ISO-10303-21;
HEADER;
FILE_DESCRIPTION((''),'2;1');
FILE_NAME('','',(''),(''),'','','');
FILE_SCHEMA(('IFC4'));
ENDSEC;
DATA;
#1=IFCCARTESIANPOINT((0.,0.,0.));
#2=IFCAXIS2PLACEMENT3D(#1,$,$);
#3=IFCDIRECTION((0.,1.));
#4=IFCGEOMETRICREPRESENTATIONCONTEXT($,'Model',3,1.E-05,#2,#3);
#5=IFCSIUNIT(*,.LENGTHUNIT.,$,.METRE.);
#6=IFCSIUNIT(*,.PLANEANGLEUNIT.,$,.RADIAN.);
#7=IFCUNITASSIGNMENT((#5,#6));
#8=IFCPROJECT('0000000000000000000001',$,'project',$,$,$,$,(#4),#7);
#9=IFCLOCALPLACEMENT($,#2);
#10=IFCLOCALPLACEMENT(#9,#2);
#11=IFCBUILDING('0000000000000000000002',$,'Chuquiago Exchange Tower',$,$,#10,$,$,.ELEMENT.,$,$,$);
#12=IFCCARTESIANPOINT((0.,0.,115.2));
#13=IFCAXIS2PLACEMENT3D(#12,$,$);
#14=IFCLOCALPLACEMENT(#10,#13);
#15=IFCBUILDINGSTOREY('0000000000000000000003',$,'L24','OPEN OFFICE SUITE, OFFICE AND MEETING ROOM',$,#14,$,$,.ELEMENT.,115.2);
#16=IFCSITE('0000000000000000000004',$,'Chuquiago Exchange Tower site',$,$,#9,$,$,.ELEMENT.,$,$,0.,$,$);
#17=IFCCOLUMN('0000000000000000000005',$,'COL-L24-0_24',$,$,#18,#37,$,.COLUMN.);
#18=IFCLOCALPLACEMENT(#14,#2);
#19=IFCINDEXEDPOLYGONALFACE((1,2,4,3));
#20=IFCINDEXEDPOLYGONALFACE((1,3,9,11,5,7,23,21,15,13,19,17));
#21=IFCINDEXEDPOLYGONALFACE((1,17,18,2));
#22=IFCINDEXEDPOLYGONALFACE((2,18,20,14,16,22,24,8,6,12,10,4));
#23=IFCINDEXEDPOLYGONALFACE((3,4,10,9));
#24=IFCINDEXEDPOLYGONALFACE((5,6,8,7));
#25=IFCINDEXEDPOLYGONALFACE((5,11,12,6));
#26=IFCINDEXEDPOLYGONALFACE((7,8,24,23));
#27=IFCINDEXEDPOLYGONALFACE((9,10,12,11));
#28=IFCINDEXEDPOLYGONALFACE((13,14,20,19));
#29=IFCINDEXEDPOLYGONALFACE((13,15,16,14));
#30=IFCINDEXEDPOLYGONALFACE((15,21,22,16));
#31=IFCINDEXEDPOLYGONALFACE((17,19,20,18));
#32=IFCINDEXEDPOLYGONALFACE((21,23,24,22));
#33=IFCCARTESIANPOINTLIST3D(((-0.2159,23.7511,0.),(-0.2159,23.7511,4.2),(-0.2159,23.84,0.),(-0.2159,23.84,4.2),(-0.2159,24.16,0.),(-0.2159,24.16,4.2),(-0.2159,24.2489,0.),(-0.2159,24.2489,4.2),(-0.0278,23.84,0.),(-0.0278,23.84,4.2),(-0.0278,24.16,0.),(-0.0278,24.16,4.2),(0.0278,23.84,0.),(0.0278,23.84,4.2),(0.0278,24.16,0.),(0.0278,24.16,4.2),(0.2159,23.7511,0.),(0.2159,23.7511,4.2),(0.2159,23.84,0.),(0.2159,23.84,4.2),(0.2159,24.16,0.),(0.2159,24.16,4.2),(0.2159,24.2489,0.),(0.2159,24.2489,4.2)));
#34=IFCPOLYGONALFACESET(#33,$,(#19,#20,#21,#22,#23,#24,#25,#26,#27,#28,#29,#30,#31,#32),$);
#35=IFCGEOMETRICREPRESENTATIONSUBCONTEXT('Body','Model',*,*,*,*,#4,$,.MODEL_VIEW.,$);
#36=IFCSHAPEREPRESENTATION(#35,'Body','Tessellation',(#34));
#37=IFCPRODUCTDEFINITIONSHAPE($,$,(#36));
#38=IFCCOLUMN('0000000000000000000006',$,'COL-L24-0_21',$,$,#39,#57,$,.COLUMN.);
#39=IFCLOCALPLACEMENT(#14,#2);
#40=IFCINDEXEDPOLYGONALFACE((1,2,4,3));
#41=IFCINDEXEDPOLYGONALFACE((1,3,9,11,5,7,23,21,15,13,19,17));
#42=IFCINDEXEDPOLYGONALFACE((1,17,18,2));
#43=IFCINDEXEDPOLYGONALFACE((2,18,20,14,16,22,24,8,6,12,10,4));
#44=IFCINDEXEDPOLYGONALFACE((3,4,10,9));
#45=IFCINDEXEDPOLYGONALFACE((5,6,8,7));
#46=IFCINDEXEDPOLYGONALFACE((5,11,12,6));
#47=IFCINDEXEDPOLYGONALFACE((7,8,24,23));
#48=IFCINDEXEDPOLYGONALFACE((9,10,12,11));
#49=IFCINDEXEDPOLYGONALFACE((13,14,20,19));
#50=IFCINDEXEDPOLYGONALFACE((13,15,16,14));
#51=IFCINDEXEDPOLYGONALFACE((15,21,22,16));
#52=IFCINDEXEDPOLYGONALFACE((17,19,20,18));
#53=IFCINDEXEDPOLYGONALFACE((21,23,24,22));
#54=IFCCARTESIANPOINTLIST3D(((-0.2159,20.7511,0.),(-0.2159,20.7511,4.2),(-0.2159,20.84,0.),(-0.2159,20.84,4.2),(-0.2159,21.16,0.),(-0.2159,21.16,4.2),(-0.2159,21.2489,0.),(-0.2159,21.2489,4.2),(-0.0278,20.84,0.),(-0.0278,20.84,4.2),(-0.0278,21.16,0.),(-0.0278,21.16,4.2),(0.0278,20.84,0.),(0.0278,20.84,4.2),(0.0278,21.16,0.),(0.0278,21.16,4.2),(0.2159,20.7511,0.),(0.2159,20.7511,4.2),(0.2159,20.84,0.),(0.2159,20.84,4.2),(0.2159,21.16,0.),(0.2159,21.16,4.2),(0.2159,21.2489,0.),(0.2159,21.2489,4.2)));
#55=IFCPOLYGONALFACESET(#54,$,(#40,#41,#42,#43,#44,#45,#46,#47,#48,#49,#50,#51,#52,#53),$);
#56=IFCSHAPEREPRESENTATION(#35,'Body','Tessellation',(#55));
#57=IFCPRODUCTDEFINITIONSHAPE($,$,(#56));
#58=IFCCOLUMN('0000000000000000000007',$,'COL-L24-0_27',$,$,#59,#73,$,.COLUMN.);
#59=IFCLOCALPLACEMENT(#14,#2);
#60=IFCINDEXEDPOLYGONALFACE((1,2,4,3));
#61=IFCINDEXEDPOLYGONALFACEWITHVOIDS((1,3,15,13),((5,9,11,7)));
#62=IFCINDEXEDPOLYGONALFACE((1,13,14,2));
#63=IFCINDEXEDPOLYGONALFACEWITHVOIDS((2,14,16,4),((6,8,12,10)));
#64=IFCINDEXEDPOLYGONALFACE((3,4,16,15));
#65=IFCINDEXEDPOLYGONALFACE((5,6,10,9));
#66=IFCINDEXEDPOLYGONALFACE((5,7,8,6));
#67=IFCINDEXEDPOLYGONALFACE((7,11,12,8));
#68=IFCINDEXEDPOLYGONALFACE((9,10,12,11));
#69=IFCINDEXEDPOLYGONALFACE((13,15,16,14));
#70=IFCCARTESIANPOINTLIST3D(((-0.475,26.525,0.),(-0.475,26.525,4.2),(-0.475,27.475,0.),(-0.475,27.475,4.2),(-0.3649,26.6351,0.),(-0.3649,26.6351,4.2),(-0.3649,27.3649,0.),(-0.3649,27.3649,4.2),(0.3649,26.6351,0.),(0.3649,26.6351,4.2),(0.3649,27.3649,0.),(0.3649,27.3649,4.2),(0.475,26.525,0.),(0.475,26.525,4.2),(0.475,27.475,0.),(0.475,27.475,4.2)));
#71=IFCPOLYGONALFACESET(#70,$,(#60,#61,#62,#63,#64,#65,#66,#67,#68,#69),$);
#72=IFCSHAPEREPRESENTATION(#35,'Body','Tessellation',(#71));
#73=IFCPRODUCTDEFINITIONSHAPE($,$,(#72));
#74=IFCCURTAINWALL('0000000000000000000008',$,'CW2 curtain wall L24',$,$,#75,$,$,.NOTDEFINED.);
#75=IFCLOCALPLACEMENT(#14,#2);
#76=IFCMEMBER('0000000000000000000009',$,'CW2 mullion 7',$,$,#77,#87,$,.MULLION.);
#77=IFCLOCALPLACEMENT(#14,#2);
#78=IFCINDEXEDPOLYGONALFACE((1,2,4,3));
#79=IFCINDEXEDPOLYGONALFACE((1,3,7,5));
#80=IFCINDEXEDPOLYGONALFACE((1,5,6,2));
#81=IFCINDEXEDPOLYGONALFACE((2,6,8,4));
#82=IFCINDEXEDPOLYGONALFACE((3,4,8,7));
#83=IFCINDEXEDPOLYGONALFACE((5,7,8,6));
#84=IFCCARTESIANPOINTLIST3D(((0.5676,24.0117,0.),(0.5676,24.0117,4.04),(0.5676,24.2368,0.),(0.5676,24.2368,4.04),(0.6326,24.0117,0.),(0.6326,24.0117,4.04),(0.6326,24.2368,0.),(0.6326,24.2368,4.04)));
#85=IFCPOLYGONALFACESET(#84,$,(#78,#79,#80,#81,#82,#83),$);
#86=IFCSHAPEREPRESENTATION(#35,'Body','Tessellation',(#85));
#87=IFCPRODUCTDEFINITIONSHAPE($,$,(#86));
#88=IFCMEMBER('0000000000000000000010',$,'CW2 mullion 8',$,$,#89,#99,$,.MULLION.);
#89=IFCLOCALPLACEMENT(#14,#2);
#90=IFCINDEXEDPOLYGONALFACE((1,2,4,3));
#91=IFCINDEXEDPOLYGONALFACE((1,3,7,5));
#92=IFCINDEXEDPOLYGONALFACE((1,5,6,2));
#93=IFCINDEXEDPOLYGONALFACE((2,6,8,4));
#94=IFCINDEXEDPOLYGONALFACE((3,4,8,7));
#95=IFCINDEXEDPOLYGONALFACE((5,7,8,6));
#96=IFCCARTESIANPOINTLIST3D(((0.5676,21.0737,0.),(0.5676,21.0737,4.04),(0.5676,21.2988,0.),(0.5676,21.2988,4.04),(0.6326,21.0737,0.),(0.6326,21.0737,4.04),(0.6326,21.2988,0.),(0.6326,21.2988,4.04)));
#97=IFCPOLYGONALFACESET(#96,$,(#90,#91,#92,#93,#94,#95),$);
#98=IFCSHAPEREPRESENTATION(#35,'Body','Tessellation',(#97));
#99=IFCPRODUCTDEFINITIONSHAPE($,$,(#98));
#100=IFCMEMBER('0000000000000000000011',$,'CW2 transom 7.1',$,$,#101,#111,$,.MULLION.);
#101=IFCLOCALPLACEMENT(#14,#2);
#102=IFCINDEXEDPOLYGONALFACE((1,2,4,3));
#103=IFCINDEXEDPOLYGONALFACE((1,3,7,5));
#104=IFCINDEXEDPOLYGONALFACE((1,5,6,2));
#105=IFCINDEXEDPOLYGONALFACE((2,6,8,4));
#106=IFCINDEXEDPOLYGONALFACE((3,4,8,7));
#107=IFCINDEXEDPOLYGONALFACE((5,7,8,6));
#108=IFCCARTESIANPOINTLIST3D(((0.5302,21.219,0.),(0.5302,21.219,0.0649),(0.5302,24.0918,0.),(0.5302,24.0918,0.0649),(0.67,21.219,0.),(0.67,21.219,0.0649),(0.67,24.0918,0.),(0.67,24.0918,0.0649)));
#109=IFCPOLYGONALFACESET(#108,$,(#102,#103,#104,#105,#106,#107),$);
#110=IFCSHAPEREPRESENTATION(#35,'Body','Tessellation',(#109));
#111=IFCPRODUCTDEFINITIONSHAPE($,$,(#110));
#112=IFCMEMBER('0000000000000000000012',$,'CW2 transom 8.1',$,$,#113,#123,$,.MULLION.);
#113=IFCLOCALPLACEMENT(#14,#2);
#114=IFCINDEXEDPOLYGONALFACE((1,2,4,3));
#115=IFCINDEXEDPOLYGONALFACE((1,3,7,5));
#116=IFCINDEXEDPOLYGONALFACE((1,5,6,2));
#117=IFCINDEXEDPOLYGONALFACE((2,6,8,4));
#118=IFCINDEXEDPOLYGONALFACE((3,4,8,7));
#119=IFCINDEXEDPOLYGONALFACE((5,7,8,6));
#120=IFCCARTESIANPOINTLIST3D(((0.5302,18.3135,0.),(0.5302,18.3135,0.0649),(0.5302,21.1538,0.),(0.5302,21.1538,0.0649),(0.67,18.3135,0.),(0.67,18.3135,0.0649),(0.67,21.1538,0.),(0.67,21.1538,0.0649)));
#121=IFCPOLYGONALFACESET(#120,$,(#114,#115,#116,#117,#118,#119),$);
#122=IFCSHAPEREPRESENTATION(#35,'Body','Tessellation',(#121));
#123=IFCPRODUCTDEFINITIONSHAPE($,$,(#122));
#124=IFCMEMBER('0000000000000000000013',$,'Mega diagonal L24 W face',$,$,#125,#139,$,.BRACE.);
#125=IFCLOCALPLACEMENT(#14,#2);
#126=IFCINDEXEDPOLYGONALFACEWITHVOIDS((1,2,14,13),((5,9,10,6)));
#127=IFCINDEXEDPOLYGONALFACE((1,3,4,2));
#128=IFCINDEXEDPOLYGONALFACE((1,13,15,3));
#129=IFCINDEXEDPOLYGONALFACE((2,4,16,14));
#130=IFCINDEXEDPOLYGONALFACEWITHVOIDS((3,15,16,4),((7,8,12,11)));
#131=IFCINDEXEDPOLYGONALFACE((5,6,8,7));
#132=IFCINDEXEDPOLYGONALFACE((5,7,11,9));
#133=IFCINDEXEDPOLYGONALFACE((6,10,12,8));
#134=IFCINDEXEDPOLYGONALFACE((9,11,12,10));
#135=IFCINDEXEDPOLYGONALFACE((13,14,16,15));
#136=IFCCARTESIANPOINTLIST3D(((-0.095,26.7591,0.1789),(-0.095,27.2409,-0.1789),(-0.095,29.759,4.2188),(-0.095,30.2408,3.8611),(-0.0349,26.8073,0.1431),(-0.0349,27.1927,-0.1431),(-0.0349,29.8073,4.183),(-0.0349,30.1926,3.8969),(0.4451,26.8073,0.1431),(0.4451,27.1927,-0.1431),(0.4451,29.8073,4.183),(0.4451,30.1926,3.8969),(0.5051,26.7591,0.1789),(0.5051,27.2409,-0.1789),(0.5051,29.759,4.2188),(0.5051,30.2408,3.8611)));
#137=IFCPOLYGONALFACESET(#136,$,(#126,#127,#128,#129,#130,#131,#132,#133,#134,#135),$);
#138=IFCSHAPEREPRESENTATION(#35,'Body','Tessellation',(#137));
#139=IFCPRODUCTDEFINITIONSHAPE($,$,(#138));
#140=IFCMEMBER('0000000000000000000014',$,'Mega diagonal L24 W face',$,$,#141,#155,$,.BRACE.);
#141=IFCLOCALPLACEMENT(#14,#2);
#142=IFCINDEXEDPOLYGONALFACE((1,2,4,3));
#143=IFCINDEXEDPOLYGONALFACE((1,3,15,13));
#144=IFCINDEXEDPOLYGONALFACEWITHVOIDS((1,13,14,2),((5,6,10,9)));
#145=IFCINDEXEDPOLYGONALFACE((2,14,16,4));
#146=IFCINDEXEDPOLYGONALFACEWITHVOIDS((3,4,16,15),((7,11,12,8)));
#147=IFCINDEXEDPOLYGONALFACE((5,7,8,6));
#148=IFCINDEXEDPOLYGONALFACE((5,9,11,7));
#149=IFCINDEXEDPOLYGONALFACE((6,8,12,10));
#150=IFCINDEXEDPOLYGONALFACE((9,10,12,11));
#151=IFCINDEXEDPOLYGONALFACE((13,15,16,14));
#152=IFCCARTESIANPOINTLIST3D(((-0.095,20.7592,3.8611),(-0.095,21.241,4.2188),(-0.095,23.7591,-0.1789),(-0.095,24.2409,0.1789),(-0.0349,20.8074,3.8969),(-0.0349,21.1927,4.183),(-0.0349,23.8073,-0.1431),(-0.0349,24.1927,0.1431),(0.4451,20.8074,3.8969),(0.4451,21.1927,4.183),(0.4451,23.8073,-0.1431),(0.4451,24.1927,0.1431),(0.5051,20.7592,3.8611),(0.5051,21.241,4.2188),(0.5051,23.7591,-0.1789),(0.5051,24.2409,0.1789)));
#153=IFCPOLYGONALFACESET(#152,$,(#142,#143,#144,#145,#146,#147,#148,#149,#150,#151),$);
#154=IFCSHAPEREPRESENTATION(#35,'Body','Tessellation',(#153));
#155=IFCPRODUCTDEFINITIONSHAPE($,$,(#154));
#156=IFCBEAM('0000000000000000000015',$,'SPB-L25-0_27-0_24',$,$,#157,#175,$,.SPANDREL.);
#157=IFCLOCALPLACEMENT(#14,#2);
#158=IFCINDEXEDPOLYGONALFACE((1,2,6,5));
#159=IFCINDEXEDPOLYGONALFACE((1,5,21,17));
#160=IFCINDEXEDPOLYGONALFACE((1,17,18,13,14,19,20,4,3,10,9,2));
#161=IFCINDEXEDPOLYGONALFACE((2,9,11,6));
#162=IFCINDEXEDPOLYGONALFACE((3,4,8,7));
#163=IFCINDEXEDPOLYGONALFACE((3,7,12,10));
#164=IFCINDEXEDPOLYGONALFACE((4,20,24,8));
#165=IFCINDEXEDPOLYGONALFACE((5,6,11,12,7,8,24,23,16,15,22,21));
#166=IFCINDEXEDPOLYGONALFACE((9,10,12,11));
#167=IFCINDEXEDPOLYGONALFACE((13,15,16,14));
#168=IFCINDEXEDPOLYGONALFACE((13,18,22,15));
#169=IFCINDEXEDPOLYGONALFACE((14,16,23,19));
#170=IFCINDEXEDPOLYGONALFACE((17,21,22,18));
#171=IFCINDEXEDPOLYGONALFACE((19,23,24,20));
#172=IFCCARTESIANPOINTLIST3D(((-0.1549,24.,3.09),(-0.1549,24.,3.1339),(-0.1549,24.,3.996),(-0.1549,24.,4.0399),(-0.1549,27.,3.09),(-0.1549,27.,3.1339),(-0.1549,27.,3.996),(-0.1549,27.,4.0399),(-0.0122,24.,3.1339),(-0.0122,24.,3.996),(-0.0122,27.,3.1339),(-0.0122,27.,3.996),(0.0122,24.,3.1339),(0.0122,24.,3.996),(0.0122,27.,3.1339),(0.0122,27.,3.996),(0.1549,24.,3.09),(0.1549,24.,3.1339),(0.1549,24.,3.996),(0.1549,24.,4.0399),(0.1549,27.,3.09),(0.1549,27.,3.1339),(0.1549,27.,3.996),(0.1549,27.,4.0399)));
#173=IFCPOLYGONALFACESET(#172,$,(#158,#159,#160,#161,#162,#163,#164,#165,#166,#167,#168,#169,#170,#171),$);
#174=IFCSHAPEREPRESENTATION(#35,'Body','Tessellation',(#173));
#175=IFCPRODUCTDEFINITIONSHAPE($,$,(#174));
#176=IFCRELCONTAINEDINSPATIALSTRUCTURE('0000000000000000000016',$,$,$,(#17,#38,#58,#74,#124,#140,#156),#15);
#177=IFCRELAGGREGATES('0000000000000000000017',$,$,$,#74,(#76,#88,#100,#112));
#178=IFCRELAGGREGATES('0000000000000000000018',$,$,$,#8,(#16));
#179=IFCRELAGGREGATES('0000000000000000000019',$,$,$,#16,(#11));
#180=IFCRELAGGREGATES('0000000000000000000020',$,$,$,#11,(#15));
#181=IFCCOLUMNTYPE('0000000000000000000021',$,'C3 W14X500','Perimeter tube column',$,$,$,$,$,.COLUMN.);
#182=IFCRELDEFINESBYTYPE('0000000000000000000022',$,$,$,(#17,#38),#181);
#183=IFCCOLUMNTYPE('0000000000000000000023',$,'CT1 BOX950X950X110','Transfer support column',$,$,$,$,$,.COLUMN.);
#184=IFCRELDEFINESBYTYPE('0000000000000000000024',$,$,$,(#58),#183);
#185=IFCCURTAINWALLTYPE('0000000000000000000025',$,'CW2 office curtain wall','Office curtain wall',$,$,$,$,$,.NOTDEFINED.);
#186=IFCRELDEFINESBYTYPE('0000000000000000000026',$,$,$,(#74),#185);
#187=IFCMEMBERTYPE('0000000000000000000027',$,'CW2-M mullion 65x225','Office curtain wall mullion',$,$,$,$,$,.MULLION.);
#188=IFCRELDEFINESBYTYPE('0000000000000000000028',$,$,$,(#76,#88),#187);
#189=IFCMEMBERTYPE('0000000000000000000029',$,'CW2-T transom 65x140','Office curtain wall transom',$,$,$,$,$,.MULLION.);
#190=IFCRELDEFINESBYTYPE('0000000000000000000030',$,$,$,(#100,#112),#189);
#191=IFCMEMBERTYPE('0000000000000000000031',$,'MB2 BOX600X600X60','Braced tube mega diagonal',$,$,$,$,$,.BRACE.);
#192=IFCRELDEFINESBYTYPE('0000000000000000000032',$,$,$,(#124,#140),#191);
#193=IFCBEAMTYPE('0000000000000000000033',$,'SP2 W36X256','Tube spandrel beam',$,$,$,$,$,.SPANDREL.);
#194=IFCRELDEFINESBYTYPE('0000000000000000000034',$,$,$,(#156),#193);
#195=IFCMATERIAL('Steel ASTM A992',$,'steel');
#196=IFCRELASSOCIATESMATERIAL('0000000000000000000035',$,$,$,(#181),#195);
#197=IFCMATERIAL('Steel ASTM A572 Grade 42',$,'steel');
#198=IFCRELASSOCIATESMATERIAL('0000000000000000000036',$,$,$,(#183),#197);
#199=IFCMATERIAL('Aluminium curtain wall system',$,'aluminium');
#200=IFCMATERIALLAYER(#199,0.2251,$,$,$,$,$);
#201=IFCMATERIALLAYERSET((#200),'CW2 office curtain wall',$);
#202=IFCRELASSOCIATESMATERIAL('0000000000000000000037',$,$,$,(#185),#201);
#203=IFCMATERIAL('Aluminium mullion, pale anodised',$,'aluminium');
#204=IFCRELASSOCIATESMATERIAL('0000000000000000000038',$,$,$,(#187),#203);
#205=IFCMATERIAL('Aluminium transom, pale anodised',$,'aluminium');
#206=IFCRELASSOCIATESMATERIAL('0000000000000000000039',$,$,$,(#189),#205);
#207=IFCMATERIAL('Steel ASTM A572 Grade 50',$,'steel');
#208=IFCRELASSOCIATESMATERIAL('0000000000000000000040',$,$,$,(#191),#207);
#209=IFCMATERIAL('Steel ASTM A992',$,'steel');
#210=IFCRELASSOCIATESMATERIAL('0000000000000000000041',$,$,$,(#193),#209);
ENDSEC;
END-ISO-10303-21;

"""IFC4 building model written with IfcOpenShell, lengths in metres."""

from ifc_helpers import new_model, si_unit, direction, frame, origin, origin_2d, place, context, subcontext, project, spatial, rectangle, hollow_rectangle, i_section, extrude, material, layer, layer_set, material_profile, profile_set, type_object, element, aggregate, save


model = new_model("IFC4")

# Units and contexts
model_context = context("Model", 3, precision=1e-05, world=origin(), true_north=direction((0.0, 1.0)))
body_context = subcontext(model_context, "Body", "Model", "MODEL_VIEW")
ifc_project = project(units=[si_unit("LENGTHUNIT", "METRE"), si_unit("PLANEANGLEUNIT", "RADIAN")], contexts=[model_context])

# Site, building, storey
site_placement = place(None, origin())
site = spatial("IfcSite", under=ifc_project, at=site_placement, Name="Chuquiago Exchange Tower site", CompositionType="ELEMENT", RefElevation=0.0)
building_placement = place(site_placement, origin())
building = spatial("IfcBuilding", under=site, at=building_placement, Name="Chuquiago Exchange Tower", CompositionType="ELEMENT")
storey_placement = place(building_placement, frame((0.0, 0.0, 115.2)))
storey = spatial("IfcBuildingStorey", under=building, at=storey_placement, Name="L24", Description="OPEN OFFICE SUITE, OFFICE AND MEETING ROOM", CompositionType="ELEMENT", Elevation=115.2)

# Columns
ifc_material_1 = material(Name="Steel ASTM A992", Category="steel")
ifc_material_profile_1 = material_profile(ifc_material_1, i_section(OverallWidth=0.4319, OverallDepth=0.4978, WebThickness=0.0557, FlangeThickness=0.0889, at=origin_2d()), Name="W14X500")
ifc_profile_set_1 = profile_set([ifc_material_profile_1], Name="Steel ASTM A992")
column_type_1 = type_object("IfcColumnType", Name="C3 W14X500", Description="Perimeter tube column", PredefinedType="COLUMN", material=ifc_profile_set_1)
for number, where, z_axis, x_axis, name in (
    (1, (0.0, 24.0, 0.0), (0.0, 0.0, 1.0), (-1.0, 0.0, 0.0), "COL-L24-0_24"),
    (2, (0.0, 21.0, 0.0), (0.0, 0.0, 1.0), (-1.0, 0.0, 0.0), "COL-L24-0_21"),
):
    element("IfcColumn", number, at=place(storey_placement, frame(where, z_axis=z_axis, x_axis=x_axis)), inside=storey, type_object=column_type_1, Name=name, PredefinedType="COLUMN", context=body_context, shape_type="SweptSolid", body=[
        extrude(i_section(OverallWidth=0.4319, OverallDepth=0.4978, WebThickness=0.0557, FlangeThickness=0.0889, at=origin_2d()), origin(), (0.0, 0.0, 1.0), 4.2),
    ])
ifc_material_2 = material(Name="Steel ASTM A572 Grade 42", Category="steel")
ifc_material_profile_2 = material_profile(ifc_material_2, hollow_rectangle(XDim=0.95, YDim=0.95, WallThickness=0.1101, at=origin_2d()), Name="BOX950X950X110")
ifc_profile_set_2 = profile_set([ifc_material_profile_2], Name="Steel ASTM A572 Grade 42")
column_type_2 = type_object("IfcColumnType", Name="CT1 BOX950X950X110", Description="Transfer support column", PredefinedType="COLUMN", material=ifc_profile_set_2)
column_placement = place(storey_placement, frame((0.0, 27.0, 0.0), z_axis=(0.0, 0.0, 1.0), x_axis=(-1.0, 0.0, 0.0)))
element("IfcColumn", 3, at=column_placement, inside=storey, type_object=column_type_2, Name="COL-L24-0_27", PredefinedType="COLUMN", context=body_context, shape_type="SweptSolid", body=[
    extrude(hollow_rectangle(XDim=0.95, YDim=0.95, WallThickness=0.1101, at=origin_2d()), origin(), (0.0, 0.0, 1.0), 4.2),
])

# Curtain wall, members
ifc_material_3 = material(Name="Aluminium curtain wall system", Category="aluminium")
ifc_layer_1 = layer(ifc_material_3, 0.2251)
ifc_layer_set_1 = layer_set([ifc_layer_1], Name="CW2 office curtain wall")
curtain_wall_type = type_object("IfcCurtainWallType", Name="CW2 office curtain wall", Description="Office curtain wall", PredefinedType="NOTDEFINED", material=ifc_layer_set_1)
curtain_wall_placement = place(storey_placement, origin())
curtain_wall = element("IfcCurtainWall", 4, at=curtain_wall_placement, inside=storey, type_object=curtain_wall_type, Name="CW2 curtain wall L24", PredefinedType="NOTDEFINED")
ifc_material_4 = material(Name="Aluminium mullion, pale anodised", Category="aluminium")
ifc_material_profile_3 = material_profile(ifc_material_4, rectangle(XDim=0.0649, YDim=0.2251, at=origin_2d()), Name="AL 65x225")
ifc_profile_set_3 = profile_set([ifc_material_profile_3], Name="Aluminium mullion, pale anodised")
member_type_1 = type_object("IfcMemberType", Name="CW2-M mullion 65x225", Description="Office curtain wall mullion", PredefinedType="MULLION", material=ifc_profile_set_3)
member_1_placement = place(storey_placement, frame((0.6001, 24.1243, 0.0), z_axis=(0.0, 0.0, 1.0), x_axis=(1.0, 0.0, 0.0)))
member_1 = element("IfcMember", 5, at=member_1_placement, type_object=member_type_1, Name="CW2 mullion 7", PredefinedType="MULLION", context=body_context, shape_type="SweptSolid", body=[
    extrude(rectangle(XDim=0.0649, YDim=0.2251, at=origin_2d()), origin(), (0.0, 0.0, 1.0), 4.04),
])
member_2_placement = place(storey_placement, frame((0.6001, 21.1863, 0.0), z_axis=(0.0, 0.0, 1.0), x_axis=(1.0, 0.0, 0.0)))
member_2 = element("IfcMember", 6, at=member_2_placement, type_object=member_type_1, Name="CW2 mullion 8", PredefinedType="MULLION", context=body_context, shape_type="SweptSolid", body=[
    extrude(rectangle(XDim=0.0649, YDim=0.2251, at=origin_2d()), origin(), (0.0, 0.0, 1.0), 4.04),
])
ifc_material_5 = material(Name="Aluminium transom, pale anodised", Category="aluminium")
ifc_material_profile_4 = material_profile(ifc_material_5, rectangle(XDim=0.1399, YDim=0.0649, at=origin_2d()), Name="AL 140x65")
ifc_profile_set_4 = profile_set([ifc_material_profile_4], Name="Aluminium transom, pale anodised")
member_type_2 = type_object("IfcMemberType", Name="CW2-T transom 65x140", Description="Office curtain wall transom", PredefinedType="MULLION", material=ifc_profile_set_4)
member_3_placement = place(storey_placement, frame((0.6001, 24.0918, 0.0325), z_axis=(0.0, -1.0, 0.0), x_axis=(1.0, 0.0, 0.0)))
member_3 = element("IfcMember", 7, at=member_3_placement, type_object=member_type_2, Name="CW2 transom 7.1", PredefinedType="MULLION", context=body_context, shape_type="SweptSolid", body=[
    extrude(rectangle(XDim=0.1399, YDim=0.0649, at=origin_2d()), origin(), (0.0, 0.0, 1.0), 2.8728),
])
member_4_placement = place(storey_placement, frame((0.6001, 21.1538, 0.0325), z_axis=(0.0, -1.0, 0.0), x_axis=(1.0, 0.0, 0.0)))
member_4 = element("IfcMember", 8, at=member_4_placement, type_object=member_type_2, Name="CW2 transom 8.1", PredefinedType="MULLION", context=body_context, shape_type="SweptSolid", body=[
    extrude(rectangle(XDim=0.1399, YDim=0.0649, at=origin_2d()), origin(), (0.0, 0.0, 1.0), 2.8403),
])

# Members
ifc_material_6 = material(Name="Steel ASTM A572 Grade 50", Category="steel")
ifc_material_profile_5 = material_profile(ifc_material_6, hollow_rectangle(XDim=0.6001, YDim=0.6001, WallThickness=0.0601, at=origin_2d()), Name="BOX600X600X60")
ifc_profile_set_5 = profile_set([ifc_material_profile_5], Name="Steel ASTM A572 Grade 50")
member_type_3 = type_object("IfcMemberType", Name="MB2 BOX600X600X60", Description="Braced tube mega diagonal", PredefinedType="BRACE", material=ifc_profile_set_5)
for number, where, z_axis, x_axis, name in (
    (9, (0.2051, 27.0, 0.0), (0.0, 0.596174, 0.802855), (-1.0, 0.0, 0.0), "Mega diagonal L24 W face"),
    (10, (0.2051, 24.0, 0.0), (0.0, -0.596174, 0.802855), (1.0, 0.0, 0.0), "Mega diagonal L24 W face"),
):
    element("IfcMember", number, at=place(storey_placement, frame(where, z_axis=z_axis, x_axis=x_axis)), inside=storey, type_object=member_type_3, Name=name, PredefinedType="BRACE", context=body_context, shape_type="SweptSolid", body=[
        extrude(hollow_rectangle(XDim=0.6001, YDim=0.6001, WallThickness=0.0601, at=origin_2d()), origin(), (0.0, 0.0, 1.0), 5.032),
    ])

# Beam
ifc_material_7 = material(Name="Steel ASTM A992", Category="steel")
ifc_material_profile_6 = material_profile(ifc_material_7, i_section(OverallWidth=0.3098, OverallDepth=0.95, WebThickness=0.0244, FlangeThickness=0.0439, at=origin_2d()), Name="W36X256")
ifc_profile_set_6 = profile_set([ifc_material_profile_6], Name="Steel ASTM A992")
beam_type = type_object("IfcBeamType", Name="SP2 W36X256", Description="Tube spandrel beam", PredefinedType="SPANDREL", material=ifc_profile_set_6)
for number, where, z_axis, x_axis, name in (
    (11, (0.0, 27.0, 3.5649), (0.0, -1.0, 0.0), (1.0, 0.0, 0.0), "SPB-L25-0_27-0_24"),
):
    element("IfcBeam", number, at=place(storey_placement, frame(where, z_axis=z_axis, x_axis=x_axis)), inside=storey, type_object=beam_type, Name=name, PredefinedType="SPANDREL", context=body_context, shape_type="SweptSolid", body=[
        extrude(i_section(OverallWidth=0.3098, OverallDepth=0.95, WebThickness=0.0244, FlangeThickness=0.0439, at=origin_2d()), origin(), (0.0, 0.0, 1.0), 3.0),
    ])

aggregate(curtain_wall, [member_1, member_2, member_3, member_4])

save(model, "model.ifc")
